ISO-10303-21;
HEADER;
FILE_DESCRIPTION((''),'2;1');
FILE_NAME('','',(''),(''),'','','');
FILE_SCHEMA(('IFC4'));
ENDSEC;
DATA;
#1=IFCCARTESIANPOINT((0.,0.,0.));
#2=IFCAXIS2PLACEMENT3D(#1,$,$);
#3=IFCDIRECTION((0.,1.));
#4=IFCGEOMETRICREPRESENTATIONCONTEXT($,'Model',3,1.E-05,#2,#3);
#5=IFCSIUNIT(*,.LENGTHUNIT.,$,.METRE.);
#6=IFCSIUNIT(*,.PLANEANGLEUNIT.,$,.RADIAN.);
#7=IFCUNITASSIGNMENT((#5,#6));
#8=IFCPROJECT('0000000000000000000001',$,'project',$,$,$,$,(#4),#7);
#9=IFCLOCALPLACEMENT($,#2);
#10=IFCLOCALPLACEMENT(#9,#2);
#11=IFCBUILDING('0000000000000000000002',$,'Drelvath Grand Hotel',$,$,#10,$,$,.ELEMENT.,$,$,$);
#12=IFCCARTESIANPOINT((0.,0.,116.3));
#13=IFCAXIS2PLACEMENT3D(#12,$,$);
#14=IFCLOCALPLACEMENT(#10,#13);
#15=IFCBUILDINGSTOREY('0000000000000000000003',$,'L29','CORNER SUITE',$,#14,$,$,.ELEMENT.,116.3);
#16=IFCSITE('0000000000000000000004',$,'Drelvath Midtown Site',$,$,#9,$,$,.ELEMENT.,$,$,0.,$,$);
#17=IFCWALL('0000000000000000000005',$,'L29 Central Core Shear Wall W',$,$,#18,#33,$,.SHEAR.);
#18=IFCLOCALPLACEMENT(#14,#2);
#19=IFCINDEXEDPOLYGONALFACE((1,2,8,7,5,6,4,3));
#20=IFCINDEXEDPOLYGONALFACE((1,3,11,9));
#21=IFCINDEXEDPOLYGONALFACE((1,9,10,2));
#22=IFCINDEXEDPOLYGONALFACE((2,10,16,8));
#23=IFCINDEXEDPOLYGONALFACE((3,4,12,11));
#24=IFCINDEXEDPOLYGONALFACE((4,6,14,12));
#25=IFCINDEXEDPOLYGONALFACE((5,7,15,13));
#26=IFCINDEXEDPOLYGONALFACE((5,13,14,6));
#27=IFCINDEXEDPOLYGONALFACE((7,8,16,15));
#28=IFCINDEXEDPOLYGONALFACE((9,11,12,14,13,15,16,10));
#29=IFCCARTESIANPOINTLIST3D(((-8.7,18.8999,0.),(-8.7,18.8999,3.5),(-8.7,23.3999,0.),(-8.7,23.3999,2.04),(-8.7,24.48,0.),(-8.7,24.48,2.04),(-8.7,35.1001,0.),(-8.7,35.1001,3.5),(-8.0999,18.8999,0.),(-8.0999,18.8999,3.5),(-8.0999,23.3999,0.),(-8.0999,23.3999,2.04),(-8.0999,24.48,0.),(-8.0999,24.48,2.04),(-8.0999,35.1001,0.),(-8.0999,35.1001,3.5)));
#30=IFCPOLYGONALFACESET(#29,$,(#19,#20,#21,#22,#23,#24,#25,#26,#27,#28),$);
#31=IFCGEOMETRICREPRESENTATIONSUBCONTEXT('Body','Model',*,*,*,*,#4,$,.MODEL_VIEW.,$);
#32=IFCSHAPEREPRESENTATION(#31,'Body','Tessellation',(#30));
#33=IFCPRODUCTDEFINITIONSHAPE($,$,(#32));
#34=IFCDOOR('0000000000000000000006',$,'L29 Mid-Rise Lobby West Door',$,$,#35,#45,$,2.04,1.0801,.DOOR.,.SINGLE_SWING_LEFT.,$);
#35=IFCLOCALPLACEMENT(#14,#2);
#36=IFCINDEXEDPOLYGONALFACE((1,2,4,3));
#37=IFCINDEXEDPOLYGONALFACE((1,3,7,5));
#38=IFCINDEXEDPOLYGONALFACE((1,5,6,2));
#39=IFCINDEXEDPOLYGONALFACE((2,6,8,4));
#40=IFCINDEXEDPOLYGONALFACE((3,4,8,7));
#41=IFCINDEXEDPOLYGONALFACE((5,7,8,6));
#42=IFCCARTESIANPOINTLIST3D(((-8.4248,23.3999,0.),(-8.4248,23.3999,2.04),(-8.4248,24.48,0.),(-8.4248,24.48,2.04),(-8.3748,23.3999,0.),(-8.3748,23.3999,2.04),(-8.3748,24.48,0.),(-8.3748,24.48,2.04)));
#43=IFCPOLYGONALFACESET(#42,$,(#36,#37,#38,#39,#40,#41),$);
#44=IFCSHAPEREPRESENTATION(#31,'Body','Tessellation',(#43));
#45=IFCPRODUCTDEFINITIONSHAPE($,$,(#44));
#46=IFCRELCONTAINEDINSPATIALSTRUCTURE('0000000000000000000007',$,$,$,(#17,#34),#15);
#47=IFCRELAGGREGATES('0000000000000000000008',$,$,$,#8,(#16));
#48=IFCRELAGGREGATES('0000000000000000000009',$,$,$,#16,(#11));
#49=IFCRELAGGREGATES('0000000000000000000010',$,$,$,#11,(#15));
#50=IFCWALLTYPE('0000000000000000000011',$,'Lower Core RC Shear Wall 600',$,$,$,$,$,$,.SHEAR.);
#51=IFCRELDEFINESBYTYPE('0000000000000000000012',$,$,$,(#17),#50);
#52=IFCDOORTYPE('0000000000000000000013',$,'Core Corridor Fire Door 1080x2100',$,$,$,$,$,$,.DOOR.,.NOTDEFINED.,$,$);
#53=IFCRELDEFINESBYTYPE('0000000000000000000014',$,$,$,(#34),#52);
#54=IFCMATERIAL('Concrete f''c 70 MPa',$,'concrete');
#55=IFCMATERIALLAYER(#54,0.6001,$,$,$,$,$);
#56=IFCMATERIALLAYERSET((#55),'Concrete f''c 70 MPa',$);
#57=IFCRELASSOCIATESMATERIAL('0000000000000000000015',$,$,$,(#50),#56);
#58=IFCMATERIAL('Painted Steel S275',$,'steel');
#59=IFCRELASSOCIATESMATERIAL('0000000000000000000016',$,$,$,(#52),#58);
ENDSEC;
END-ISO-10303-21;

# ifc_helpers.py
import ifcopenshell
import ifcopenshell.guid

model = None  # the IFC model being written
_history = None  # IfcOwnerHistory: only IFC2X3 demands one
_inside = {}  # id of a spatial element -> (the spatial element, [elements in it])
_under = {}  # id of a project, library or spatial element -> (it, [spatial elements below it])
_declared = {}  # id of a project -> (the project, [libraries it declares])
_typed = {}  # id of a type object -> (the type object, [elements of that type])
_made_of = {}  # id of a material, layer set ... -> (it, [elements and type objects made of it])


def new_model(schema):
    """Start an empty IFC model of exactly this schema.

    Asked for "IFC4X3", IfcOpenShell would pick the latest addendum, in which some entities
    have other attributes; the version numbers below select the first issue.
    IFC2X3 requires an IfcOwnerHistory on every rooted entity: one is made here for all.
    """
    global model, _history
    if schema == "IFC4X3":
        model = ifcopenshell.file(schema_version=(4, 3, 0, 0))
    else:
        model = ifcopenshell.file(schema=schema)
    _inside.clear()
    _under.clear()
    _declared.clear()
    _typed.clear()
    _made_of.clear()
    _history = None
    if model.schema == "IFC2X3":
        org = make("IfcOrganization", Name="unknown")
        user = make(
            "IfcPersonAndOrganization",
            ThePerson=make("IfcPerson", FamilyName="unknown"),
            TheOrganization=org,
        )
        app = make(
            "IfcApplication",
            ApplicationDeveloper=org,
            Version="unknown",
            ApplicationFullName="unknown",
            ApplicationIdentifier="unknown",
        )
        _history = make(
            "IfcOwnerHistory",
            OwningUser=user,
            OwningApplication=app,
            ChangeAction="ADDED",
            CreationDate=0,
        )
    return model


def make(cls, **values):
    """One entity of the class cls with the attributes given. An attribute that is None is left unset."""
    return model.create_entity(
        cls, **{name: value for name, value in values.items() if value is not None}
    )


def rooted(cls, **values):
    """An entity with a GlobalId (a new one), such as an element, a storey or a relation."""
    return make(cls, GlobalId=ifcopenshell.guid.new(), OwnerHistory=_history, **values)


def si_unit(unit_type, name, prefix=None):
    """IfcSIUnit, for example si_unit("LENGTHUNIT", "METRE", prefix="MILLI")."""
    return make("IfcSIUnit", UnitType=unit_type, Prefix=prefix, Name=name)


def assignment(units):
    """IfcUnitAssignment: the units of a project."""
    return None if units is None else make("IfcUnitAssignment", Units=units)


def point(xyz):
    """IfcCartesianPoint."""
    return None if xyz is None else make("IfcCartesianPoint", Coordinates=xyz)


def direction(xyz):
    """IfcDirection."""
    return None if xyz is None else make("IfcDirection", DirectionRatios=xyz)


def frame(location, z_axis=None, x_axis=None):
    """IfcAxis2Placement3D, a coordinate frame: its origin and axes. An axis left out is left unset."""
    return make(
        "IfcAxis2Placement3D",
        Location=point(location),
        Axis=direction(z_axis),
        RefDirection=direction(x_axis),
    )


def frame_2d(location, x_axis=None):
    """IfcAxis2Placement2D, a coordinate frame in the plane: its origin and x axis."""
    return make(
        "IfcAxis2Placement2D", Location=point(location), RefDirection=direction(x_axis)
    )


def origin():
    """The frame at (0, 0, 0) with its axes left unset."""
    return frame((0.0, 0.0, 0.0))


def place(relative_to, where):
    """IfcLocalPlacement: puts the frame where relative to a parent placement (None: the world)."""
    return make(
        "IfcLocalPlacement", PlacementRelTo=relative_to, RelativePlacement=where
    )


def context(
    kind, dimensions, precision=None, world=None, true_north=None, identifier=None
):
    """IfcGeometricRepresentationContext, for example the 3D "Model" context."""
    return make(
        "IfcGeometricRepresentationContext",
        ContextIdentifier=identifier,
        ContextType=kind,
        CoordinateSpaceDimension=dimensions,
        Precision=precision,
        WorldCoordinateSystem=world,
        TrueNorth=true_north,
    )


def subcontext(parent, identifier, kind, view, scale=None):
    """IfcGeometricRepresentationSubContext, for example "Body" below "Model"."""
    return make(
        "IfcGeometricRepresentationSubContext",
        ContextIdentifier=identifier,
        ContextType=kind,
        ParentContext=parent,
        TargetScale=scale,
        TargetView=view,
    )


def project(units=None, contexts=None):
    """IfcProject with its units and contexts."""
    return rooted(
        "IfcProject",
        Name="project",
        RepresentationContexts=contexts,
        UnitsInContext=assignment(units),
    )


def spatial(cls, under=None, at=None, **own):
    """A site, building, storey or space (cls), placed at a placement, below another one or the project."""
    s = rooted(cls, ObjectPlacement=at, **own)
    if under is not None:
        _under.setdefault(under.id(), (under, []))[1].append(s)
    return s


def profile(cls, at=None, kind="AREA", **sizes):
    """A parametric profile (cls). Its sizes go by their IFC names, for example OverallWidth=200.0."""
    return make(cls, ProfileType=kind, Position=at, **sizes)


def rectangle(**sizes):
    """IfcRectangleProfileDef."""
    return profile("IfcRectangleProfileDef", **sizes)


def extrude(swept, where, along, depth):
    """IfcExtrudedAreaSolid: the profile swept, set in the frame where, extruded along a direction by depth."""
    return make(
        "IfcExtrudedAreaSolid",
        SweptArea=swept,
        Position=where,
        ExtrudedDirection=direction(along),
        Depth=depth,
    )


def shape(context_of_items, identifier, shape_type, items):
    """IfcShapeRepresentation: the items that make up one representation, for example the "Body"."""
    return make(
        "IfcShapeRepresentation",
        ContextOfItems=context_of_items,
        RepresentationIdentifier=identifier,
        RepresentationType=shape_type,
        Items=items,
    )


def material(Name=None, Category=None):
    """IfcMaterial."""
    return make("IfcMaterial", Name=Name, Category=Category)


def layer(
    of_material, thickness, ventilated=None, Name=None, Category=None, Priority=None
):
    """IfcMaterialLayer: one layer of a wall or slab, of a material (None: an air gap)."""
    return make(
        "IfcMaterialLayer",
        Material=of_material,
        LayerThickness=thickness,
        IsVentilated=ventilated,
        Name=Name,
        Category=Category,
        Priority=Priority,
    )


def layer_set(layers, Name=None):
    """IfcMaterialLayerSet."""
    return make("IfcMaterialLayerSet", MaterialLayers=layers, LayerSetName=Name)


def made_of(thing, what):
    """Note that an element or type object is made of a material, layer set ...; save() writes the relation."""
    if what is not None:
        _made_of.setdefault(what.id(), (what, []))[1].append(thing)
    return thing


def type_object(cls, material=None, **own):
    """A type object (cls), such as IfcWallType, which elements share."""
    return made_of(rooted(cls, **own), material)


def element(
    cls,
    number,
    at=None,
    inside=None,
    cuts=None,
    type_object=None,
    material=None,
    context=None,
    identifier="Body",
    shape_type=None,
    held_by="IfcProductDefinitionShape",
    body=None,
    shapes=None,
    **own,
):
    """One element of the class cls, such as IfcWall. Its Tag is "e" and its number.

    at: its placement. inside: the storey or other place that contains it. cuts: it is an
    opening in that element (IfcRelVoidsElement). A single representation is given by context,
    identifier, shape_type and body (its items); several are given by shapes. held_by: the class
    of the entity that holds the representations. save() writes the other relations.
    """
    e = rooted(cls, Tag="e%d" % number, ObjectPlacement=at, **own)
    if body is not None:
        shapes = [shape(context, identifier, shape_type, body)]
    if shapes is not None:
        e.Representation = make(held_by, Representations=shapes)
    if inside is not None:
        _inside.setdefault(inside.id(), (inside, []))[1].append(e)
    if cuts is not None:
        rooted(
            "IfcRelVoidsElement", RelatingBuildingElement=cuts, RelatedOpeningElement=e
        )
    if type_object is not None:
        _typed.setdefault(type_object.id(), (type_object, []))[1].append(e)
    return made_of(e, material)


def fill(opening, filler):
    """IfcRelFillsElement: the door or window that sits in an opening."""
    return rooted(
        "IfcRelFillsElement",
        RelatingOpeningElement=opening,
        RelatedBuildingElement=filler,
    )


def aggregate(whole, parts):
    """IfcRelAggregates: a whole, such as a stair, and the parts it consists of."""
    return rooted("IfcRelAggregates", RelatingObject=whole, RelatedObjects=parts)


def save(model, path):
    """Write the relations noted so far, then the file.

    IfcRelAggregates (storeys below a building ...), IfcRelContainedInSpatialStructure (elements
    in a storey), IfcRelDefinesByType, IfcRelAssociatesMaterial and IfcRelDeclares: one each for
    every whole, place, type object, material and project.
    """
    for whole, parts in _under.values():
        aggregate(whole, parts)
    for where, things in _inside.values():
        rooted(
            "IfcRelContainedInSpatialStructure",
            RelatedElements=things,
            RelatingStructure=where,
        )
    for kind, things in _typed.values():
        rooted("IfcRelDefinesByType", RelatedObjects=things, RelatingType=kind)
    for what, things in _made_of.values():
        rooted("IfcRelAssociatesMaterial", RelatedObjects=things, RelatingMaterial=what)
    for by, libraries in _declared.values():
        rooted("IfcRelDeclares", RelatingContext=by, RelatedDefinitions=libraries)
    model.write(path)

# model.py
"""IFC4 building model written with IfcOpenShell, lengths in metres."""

from ifc_helpers import new_model, si_unit, direction, frame, frame_2d, origin, place, context, subcontext, project, spatial, rectangle, extrude, material, layer, layer_set, type_object, element, fill, save


model = new_model("IFC4")

# Units and contexts
model_context = context("Model", 3, precision=1e-05, world=origin(), true_north=direction((0.0, 1.0)))
body_context = subcontext(model_context, "Body", "Model", "MODEL_VIEW")
ifc_project = project(units=[si_unit("LENGTHUNIT", "METRE"), si_unit("PLANEANGLEUNIT", "RADIAN")], contexts=[model_context])

# Site, building, storey
site_placement = place(None, origin())
site = spatial("IfcSite", under=ifc_project, at=site_placement, Name="Drelvath Midtown Site", CompositionType="ELEMENT", RefElevation=0.0)
building_placement = place(site_placement, origin())
building = spatial("IfcBuilding", under=site, at=building_placement, Name="Drelvath Grand Hotel", CompositionType="ELEMENT")
storey_placement = place(building_placement, frame((0.0, 0.0, 116.3)))
storey = spatial("IfcBuildingStorey", under=building, at=storey_placement, Name="L29", Description="CORNER SUITE", CompositionType="ELEMENT", Elevation=116.3)

# Shared definitions
ifc_material_1 = material(Name="Concrete f'c 70 MPa", Category="concrete")

# Shared definitions
ifc_material_2 = material(Name="Painted Steel S275", Category="steel")

# Wall, opening, door
ifc_layer_1 = layer(ifc_material_1, 0.6001)
ifc_layer_set_1 = layer_set([ifc_layer_1], Name="Concrete f'c 70 MPa")
wall_type_1 = type_object("IfcWallType", Name="Lower Core RC Shear Wall 600", PredefinedType="SHEAR", material=ifc_layer_set_1)
wall_1_placement = place(storey_placement, frame((-8.3999, 18.8999, 0.0), z_axis=(0.0, 0.0, 1.0), x_axis=(0.0, 1.0, 0.0)))
wall_1 = element("IfcWall", 1, at=wall_1_placement, inside=storey, type_object=wall_type_1, Name="L29 Central Core Shear Wall W", PredefinedType="SHEAR", context=body_context, shape_type="SweptSolid", body=[
    extrude(rectangle(XDim=16.2002, YDim=0.6001, at=frame_2d((8.1001, 0.0))), origin(), (0.0, 0.0, 1.0), 3.5),
])
opening_1_placement = place(wall_1_placement, frame((4.5, 0.0, 0.0)))
opening_1 = element("IfcOpeningElement", 2, at=opening_1_placement, cuts=wall_1, PredefinedType="OPENING", context=body_context, shape_type="SweptSolid", body=[
    extrude(rectangle(XDim=1.0801, YDim=2.04, at=frame_2d((0.54, 1.02))), frame((0.0, 0.3101, 0.0), z_axis=(0.0, -1.0, 0.0), x_axis=(1.0, 0.0, 0.0)), (0.0, 0.0, 1.0), 0.6201),
])
door_type_1 = type_object("IfcDoorType", Name="Core Corridor Fire Door 1080x2100", OperationType="NOTDEFINED", PredefinedType="DOOR", material=ifc_material_2)
door_1_placement = place(opening_1_placement, origin())
door_1 = element("IfcDoor", 3, at=door_1_placement, inside=storey, type_object=door_type_1, Name="L29 Mid-Rise Lobby West Door", OperationType="SINGLE_SWING_LEFT", OverallHeight=2.04, OverallWidth=1.0801, PredefinedType="DOOR", context=body_context, shape_type="SweptSolid", body=[
    extrude(rectangle(XDim=1.0801, YDim=2.04, at=frame_2d((0.54, 1.02))), frame((0.0, 0.0249, 0.0), z_axis=(0.0, -1.0, 0.0), x_axis=(1.0, 0.0, 0.0)), (0.0, 0.0, 1.0), 0.05),
])
fill(opening_1, door_1)

save(model, "model.ifc")
